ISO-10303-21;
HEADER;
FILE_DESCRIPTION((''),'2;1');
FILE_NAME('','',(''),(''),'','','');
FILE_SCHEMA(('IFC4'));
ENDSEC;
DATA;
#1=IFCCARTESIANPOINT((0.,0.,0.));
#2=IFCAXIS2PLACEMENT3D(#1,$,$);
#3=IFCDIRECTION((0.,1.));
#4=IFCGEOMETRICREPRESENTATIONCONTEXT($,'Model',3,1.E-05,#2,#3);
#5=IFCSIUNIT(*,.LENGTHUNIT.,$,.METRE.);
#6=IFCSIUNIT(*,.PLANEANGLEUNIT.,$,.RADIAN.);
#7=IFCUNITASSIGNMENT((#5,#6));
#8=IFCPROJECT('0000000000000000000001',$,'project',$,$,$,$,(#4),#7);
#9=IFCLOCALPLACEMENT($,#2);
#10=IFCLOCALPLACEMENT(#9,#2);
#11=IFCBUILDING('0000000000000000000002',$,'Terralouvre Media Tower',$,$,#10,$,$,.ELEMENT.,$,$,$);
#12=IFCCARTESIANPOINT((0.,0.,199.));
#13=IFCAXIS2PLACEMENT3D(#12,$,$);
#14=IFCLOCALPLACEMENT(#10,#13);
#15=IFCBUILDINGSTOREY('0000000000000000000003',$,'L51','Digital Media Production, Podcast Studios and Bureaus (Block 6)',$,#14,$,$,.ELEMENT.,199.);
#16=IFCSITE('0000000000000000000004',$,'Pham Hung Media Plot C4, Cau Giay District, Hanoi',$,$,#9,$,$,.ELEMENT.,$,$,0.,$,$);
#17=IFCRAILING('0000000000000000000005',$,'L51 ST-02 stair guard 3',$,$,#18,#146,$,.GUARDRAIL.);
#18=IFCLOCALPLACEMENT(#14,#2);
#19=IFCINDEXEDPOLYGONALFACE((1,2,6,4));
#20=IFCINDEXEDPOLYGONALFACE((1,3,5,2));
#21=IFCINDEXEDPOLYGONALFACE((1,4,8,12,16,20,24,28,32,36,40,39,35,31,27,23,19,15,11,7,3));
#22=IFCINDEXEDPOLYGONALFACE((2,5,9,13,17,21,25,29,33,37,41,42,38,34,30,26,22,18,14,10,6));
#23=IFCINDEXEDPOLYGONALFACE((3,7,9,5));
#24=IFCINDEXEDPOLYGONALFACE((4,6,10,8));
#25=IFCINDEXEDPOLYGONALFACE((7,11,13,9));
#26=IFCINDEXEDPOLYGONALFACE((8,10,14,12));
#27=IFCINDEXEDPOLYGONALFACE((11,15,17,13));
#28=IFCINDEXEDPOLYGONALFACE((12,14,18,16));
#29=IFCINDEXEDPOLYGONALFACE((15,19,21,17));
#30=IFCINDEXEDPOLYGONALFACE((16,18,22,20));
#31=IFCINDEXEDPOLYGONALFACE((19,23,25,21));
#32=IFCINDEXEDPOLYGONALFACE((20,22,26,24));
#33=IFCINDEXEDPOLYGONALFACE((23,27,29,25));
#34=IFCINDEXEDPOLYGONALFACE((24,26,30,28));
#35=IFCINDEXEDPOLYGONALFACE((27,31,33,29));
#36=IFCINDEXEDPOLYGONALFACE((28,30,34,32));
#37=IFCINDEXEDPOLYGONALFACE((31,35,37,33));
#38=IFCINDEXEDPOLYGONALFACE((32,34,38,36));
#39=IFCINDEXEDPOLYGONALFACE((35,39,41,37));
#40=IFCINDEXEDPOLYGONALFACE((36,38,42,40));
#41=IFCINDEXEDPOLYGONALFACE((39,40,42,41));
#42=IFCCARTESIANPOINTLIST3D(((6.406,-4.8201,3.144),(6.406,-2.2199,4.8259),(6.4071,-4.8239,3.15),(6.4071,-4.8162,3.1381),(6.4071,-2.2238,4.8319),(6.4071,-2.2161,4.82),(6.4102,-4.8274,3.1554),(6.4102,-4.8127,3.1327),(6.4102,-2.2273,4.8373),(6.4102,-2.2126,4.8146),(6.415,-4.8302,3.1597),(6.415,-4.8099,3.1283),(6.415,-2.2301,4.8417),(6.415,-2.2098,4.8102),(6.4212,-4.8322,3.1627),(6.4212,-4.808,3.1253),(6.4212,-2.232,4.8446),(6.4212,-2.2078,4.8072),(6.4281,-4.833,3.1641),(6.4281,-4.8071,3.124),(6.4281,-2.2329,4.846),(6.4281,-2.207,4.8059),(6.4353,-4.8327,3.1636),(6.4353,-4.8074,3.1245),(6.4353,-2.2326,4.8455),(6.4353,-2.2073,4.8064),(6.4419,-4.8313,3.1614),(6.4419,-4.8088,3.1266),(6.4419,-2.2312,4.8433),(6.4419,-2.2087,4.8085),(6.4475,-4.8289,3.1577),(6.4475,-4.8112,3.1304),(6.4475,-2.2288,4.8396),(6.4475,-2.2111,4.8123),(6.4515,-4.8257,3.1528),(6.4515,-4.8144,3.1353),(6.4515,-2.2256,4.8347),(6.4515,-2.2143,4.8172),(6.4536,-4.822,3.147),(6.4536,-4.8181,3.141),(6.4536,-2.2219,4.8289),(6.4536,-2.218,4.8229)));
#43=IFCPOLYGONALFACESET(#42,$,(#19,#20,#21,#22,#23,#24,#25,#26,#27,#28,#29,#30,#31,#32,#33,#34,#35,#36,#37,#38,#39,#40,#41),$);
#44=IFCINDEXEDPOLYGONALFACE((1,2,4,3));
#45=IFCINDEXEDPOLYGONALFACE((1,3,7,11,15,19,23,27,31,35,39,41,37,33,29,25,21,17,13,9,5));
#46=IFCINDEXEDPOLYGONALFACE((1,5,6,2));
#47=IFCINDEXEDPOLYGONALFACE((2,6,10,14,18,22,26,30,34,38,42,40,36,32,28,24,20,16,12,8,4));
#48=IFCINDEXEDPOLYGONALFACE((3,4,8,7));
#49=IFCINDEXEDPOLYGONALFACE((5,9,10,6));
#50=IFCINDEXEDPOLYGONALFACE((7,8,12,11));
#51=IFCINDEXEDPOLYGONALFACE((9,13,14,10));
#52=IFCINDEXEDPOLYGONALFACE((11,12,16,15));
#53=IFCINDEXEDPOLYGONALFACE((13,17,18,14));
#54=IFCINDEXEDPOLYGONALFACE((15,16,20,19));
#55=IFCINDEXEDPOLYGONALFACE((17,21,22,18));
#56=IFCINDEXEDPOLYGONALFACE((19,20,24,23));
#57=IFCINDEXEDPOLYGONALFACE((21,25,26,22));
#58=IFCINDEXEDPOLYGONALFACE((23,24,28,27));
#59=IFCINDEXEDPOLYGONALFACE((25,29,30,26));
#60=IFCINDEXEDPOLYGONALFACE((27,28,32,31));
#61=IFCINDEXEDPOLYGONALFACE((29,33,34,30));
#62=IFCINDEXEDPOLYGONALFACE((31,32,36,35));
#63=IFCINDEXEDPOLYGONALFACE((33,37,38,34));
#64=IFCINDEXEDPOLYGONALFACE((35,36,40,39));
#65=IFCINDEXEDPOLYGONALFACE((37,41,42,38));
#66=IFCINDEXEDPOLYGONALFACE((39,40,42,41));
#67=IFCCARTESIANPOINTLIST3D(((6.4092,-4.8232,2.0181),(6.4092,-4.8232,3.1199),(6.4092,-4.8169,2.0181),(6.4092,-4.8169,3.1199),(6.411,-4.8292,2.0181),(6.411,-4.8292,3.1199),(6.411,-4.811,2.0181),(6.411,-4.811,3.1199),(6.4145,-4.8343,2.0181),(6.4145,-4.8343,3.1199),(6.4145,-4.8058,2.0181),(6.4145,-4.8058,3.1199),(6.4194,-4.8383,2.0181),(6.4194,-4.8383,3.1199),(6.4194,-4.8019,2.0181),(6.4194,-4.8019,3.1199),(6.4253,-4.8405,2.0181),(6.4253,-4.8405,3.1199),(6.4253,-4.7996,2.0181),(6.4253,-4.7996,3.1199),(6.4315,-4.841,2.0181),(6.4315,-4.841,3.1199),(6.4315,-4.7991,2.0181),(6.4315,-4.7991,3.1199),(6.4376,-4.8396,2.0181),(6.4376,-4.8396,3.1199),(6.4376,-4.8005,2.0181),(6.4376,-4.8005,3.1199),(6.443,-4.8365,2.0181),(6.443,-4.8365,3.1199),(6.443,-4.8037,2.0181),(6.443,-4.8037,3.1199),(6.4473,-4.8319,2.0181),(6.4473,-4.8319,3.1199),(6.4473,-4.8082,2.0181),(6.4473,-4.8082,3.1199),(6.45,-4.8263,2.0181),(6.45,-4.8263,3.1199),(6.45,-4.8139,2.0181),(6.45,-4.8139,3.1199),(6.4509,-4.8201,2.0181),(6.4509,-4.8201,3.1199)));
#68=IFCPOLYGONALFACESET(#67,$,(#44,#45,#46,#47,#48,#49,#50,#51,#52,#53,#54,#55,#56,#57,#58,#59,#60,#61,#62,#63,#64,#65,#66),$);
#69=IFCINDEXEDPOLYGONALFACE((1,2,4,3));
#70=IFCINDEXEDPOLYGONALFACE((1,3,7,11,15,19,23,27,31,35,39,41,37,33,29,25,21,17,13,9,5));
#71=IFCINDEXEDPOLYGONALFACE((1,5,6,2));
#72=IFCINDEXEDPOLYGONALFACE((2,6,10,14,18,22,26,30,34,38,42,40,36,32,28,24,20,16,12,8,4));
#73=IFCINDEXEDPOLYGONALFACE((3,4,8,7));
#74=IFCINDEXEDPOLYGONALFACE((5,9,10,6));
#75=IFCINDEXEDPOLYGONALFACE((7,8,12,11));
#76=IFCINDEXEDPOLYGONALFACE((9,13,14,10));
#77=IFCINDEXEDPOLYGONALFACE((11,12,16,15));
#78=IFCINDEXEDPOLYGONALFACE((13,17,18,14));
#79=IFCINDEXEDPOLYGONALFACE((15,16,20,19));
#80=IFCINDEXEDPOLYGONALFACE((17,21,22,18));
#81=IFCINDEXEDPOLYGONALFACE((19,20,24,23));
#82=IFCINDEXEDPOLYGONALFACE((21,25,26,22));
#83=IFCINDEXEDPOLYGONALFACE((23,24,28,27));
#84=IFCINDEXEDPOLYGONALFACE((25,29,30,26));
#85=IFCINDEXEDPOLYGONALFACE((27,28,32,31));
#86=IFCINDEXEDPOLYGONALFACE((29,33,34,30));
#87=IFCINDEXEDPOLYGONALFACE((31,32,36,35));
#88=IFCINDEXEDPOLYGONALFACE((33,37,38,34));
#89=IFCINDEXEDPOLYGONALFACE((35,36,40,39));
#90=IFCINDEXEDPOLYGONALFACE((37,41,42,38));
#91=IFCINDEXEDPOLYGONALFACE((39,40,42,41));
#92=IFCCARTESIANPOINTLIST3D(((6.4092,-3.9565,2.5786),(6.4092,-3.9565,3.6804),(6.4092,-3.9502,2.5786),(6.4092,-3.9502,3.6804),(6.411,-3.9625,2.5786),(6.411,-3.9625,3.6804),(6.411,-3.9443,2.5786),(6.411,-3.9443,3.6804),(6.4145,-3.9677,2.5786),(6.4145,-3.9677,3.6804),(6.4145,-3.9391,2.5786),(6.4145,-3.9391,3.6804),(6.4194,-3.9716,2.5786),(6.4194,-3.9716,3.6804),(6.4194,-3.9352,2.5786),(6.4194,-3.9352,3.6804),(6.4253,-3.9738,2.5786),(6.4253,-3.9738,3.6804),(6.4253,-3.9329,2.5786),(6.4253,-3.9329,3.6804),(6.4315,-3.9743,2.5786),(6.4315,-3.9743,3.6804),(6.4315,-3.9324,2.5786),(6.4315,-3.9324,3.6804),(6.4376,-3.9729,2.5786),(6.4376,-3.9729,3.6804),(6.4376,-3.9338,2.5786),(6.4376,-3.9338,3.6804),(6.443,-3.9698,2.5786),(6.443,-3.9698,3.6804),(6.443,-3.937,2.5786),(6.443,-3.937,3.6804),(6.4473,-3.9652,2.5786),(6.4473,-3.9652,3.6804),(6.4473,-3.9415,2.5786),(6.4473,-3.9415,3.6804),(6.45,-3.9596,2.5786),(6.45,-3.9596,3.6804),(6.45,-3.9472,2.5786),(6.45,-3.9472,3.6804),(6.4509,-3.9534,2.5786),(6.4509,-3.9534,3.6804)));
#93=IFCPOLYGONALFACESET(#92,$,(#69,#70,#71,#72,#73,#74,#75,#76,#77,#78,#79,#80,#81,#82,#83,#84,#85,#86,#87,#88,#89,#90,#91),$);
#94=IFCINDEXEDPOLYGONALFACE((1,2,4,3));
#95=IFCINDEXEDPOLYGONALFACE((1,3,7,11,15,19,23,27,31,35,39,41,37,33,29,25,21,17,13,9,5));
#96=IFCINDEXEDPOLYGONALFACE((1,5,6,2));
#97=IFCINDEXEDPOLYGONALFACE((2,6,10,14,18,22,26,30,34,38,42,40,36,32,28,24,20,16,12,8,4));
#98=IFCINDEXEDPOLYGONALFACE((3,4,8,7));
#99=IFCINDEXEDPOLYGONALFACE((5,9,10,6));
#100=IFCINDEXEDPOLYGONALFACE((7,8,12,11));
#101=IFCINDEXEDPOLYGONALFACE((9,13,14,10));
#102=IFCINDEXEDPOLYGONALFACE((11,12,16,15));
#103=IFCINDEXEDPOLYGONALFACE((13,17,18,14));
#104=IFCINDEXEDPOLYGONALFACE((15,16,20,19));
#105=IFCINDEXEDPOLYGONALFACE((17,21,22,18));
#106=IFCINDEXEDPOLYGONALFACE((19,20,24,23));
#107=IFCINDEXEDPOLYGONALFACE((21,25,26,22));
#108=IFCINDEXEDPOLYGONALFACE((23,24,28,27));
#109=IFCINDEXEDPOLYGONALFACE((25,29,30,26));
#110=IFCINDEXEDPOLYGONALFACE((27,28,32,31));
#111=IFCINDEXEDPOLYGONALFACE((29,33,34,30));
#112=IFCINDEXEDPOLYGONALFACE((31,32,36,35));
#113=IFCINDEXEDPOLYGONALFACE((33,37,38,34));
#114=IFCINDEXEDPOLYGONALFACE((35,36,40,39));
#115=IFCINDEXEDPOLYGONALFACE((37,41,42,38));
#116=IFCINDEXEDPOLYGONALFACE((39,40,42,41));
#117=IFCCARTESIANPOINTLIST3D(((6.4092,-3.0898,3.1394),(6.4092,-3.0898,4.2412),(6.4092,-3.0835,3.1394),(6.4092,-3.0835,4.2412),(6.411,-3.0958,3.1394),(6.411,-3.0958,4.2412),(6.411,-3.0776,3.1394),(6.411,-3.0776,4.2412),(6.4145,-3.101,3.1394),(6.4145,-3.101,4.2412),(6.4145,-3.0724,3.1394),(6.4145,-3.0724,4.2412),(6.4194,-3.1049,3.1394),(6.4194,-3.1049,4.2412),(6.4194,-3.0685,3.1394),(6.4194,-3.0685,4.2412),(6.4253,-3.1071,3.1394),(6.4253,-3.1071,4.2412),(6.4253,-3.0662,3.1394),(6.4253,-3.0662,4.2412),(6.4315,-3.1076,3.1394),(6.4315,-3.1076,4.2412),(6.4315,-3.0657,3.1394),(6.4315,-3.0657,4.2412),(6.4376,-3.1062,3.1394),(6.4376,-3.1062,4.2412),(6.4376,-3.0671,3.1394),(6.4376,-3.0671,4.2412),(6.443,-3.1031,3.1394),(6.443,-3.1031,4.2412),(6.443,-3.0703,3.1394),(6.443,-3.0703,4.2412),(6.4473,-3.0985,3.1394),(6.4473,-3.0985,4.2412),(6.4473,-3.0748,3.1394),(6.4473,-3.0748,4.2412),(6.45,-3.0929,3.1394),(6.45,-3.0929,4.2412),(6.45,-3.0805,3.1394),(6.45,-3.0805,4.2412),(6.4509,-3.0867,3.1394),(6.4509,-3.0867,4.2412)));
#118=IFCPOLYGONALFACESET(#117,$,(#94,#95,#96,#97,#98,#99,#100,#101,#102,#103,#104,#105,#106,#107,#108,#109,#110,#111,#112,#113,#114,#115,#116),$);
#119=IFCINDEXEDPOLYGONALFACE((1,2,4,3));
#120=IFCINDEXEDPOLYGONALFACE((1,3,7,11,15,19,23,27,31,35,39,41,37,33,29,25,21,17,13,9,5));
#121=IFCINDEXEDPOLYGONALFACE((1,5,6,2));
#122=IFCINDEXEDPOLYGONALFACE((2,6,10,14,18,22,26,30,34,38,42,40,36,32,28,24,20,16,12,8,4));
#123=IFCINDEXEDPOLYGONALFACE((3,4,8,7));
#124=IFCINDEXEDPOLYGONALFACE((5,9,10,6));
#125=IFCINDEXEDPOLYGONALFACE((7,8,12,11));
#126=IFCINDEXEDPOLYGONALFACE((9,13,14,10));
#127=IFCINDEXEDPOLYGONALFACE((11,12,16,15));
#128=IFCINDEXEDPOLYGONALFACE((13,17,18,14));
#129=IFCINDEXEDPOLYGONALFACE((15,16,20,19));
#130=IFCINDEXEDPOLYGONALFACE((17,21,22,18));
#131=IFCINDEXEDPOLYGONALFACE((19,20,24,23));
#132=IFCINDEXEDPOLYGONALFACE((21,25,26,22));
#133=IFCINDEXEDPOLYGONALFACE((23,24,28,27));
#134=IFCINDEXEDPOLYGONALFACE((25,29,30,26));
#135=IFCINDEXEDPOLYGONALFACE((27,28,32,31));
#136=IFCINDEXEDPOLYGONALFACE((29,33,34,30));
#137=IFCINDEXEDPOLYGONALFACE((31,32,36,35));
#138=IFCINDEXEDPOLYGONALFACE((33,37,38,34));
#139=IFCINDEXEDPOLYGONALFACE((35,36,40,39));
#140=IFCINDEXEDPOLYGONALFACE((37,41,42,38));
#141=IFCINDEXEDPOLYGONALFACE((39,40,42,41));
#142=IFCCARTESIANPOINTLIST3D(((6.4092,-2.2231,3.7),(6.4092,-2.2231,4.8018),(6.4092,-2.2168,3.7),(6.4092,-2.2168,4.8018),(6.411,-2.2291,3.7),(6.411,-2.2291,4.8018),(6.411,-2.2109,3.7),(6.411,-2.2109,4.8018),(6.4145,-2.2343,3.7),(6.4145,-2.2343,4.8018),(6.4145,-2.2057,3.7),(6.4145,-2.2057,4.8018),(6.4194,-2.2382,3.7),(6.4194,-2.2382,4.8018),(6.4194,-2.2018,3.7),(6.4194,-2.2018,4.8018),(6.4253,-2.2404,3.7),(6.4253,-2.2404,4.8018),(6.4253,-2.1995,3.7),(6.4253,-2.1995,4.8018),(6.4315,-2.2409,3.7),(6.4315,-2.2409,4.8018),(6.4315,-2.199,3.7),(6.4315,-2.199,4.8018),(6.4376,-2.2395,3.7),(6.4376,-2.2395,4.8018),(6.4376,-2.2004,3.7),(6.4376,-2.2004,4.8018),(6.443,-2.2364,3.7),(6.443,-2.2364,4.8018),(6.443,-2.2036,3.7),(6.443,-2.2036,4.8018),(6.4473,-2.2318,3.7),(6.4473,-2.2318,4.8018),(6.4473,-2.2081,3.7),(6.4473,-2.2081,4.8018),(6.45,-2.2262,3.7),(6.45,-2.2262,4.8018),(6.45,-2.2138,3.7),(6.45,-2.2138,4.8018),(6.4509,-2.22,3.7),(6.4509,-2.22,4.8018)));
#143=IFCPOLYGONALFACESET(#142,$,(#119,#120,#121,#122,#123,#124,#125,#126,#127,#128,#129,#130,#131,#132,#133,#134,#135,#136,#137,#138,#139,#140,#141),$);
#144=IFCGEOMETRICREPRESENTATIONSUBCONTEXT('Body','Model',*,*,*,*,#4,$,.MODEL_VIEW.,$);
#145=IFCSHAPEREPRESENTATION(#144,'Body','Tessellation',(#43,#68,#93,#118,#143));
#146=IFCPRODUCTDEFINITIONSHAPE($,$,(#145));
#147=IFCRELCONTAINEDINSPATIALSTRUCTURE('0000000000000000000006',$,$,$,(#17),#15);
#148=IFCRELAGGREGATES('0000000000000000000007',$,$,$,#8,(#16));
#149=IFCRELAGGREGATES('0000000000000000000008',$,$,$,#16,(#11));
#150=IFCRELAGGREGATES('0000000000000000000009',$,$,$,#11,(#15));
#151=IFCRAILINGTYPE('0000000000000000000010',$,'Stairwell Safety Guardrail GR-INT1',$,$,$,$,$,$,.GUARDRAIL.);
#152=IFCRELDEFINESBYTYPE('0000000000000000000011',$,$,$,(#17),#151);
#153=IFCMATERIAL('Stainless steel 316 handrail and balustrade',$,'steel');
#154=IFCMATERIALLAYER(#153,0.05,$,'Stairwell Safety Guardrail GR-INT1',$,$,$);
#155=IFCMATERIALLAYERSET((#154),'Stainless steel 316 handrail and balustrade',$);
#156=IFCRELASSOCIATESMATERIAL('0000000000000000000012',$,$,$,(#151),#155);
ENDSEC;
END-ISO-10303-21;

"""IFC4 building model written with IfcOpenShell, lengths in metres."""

from ifc_helpers import new_model, si_unit, direction, frame, origin, origin_2d, place, context, subcontext, project, spatial, circle, extrude, material, layer, layer_set, type_object, element, save


model = new_model("IFC4")

# Units and contexts
model_context = context("Model", 3, precision=1e-05, world=origin(), true_north=direction((0.0, 1.0)))
body_context = subcontext(model_context, "Body", "Model", "MODEL_VIEW")
ifc_project = project(units=[si_unit("LENGTHUNIT", "METRE"), si_unit("PLANEANGLEUNIT", "RADIAN")], contexts=[model_context])

# Site, building, storey
site_placement = place(None, origin())
site = spatial("IfcSite", under=ifc_project, at=site_placement, Name="Pham Hung Media Plot C4, Cau Giay District, Hanoi", CompositionType="ELEMENT", RefElevation=0.0)
building_placement = place(site_placement, origin())
building = spatial("IfcBuilding", under=site, at=building_placement, Name="Terralouvre Media Tower", CompositionType="ELEMENT")
storey_placement = place(building_placement, frame((0.0, 0.0, 199.0)))
storey = spatial("IfcBuildingStorey", under=building, at=storey_placement, Name="L51", Description="Digital Media Production, Podcast Studios and Bureaus (Block 6)", CompositionType="ELEMENT", Elevation=199.0)

# Railing
ifc_material_1 = material(Name="Stainless steel 316 handrail and balustrade", Category="steel")
ifc_layer_1 = layer(ifc_material_1, 0.05, Name="Stairwell Safety Guardrail GR-INT1")
ifc_layer_set_1 = layer_set([ifc_layer_1], Name="Stainless steel 316 handrail and balustrade")
railing_type_1 = type_object("IfcRailingType", Name="Stairwell Safety Guardrail GR-INT1", PredefinedType="GUARDRAIL", material=ifc_layer_set_1)
railing_1_placement = place(storey_placement, frame((6.4299, -4.8201, 2.0181)))
element("IfcRailing", 1, at=railing_1_placement, inside=storey, type_object=railing_type_1, Name="L51 ST-02 stair guard 3", PredefinedType="GUARDRAIL", context=body_context, shape_type="SweptSolid", body=[
    extrude(circle(Radius=0.0239, at=origin_2d()), frame((0.0, 0.0, 1.126), z_axis=(0.0, 0.839648, 0.54313), x_axis=(-1.0, 0.0, 0.0)), (0.0, 0.0, 1.0), 3.0967),
    extrude(circle(Radius=0.021, at=origin_2d()), origin(), (0.0, 0.0, 1.0), 1.1018),
    extrude(circle(Radius=0.021, at=origin_2d()), frame((0.0, 0.8667, 0.5605)), (0.0, 0.0, 1.0), 1.1018),
    extrude(circle(Radius=0.021, at=origin_2d()), frame((0.0, 1.7334, 1.1213)), (0.0, 0.0, 1.0), 1.1018),
    extrude(circle(Radius=0.021, at=origin_2d()), frame((0.0, 2.6001, 1.6819)), (0.0, 0.0, 1.0), 1.1018),
])

save(model, "model.ifc")
